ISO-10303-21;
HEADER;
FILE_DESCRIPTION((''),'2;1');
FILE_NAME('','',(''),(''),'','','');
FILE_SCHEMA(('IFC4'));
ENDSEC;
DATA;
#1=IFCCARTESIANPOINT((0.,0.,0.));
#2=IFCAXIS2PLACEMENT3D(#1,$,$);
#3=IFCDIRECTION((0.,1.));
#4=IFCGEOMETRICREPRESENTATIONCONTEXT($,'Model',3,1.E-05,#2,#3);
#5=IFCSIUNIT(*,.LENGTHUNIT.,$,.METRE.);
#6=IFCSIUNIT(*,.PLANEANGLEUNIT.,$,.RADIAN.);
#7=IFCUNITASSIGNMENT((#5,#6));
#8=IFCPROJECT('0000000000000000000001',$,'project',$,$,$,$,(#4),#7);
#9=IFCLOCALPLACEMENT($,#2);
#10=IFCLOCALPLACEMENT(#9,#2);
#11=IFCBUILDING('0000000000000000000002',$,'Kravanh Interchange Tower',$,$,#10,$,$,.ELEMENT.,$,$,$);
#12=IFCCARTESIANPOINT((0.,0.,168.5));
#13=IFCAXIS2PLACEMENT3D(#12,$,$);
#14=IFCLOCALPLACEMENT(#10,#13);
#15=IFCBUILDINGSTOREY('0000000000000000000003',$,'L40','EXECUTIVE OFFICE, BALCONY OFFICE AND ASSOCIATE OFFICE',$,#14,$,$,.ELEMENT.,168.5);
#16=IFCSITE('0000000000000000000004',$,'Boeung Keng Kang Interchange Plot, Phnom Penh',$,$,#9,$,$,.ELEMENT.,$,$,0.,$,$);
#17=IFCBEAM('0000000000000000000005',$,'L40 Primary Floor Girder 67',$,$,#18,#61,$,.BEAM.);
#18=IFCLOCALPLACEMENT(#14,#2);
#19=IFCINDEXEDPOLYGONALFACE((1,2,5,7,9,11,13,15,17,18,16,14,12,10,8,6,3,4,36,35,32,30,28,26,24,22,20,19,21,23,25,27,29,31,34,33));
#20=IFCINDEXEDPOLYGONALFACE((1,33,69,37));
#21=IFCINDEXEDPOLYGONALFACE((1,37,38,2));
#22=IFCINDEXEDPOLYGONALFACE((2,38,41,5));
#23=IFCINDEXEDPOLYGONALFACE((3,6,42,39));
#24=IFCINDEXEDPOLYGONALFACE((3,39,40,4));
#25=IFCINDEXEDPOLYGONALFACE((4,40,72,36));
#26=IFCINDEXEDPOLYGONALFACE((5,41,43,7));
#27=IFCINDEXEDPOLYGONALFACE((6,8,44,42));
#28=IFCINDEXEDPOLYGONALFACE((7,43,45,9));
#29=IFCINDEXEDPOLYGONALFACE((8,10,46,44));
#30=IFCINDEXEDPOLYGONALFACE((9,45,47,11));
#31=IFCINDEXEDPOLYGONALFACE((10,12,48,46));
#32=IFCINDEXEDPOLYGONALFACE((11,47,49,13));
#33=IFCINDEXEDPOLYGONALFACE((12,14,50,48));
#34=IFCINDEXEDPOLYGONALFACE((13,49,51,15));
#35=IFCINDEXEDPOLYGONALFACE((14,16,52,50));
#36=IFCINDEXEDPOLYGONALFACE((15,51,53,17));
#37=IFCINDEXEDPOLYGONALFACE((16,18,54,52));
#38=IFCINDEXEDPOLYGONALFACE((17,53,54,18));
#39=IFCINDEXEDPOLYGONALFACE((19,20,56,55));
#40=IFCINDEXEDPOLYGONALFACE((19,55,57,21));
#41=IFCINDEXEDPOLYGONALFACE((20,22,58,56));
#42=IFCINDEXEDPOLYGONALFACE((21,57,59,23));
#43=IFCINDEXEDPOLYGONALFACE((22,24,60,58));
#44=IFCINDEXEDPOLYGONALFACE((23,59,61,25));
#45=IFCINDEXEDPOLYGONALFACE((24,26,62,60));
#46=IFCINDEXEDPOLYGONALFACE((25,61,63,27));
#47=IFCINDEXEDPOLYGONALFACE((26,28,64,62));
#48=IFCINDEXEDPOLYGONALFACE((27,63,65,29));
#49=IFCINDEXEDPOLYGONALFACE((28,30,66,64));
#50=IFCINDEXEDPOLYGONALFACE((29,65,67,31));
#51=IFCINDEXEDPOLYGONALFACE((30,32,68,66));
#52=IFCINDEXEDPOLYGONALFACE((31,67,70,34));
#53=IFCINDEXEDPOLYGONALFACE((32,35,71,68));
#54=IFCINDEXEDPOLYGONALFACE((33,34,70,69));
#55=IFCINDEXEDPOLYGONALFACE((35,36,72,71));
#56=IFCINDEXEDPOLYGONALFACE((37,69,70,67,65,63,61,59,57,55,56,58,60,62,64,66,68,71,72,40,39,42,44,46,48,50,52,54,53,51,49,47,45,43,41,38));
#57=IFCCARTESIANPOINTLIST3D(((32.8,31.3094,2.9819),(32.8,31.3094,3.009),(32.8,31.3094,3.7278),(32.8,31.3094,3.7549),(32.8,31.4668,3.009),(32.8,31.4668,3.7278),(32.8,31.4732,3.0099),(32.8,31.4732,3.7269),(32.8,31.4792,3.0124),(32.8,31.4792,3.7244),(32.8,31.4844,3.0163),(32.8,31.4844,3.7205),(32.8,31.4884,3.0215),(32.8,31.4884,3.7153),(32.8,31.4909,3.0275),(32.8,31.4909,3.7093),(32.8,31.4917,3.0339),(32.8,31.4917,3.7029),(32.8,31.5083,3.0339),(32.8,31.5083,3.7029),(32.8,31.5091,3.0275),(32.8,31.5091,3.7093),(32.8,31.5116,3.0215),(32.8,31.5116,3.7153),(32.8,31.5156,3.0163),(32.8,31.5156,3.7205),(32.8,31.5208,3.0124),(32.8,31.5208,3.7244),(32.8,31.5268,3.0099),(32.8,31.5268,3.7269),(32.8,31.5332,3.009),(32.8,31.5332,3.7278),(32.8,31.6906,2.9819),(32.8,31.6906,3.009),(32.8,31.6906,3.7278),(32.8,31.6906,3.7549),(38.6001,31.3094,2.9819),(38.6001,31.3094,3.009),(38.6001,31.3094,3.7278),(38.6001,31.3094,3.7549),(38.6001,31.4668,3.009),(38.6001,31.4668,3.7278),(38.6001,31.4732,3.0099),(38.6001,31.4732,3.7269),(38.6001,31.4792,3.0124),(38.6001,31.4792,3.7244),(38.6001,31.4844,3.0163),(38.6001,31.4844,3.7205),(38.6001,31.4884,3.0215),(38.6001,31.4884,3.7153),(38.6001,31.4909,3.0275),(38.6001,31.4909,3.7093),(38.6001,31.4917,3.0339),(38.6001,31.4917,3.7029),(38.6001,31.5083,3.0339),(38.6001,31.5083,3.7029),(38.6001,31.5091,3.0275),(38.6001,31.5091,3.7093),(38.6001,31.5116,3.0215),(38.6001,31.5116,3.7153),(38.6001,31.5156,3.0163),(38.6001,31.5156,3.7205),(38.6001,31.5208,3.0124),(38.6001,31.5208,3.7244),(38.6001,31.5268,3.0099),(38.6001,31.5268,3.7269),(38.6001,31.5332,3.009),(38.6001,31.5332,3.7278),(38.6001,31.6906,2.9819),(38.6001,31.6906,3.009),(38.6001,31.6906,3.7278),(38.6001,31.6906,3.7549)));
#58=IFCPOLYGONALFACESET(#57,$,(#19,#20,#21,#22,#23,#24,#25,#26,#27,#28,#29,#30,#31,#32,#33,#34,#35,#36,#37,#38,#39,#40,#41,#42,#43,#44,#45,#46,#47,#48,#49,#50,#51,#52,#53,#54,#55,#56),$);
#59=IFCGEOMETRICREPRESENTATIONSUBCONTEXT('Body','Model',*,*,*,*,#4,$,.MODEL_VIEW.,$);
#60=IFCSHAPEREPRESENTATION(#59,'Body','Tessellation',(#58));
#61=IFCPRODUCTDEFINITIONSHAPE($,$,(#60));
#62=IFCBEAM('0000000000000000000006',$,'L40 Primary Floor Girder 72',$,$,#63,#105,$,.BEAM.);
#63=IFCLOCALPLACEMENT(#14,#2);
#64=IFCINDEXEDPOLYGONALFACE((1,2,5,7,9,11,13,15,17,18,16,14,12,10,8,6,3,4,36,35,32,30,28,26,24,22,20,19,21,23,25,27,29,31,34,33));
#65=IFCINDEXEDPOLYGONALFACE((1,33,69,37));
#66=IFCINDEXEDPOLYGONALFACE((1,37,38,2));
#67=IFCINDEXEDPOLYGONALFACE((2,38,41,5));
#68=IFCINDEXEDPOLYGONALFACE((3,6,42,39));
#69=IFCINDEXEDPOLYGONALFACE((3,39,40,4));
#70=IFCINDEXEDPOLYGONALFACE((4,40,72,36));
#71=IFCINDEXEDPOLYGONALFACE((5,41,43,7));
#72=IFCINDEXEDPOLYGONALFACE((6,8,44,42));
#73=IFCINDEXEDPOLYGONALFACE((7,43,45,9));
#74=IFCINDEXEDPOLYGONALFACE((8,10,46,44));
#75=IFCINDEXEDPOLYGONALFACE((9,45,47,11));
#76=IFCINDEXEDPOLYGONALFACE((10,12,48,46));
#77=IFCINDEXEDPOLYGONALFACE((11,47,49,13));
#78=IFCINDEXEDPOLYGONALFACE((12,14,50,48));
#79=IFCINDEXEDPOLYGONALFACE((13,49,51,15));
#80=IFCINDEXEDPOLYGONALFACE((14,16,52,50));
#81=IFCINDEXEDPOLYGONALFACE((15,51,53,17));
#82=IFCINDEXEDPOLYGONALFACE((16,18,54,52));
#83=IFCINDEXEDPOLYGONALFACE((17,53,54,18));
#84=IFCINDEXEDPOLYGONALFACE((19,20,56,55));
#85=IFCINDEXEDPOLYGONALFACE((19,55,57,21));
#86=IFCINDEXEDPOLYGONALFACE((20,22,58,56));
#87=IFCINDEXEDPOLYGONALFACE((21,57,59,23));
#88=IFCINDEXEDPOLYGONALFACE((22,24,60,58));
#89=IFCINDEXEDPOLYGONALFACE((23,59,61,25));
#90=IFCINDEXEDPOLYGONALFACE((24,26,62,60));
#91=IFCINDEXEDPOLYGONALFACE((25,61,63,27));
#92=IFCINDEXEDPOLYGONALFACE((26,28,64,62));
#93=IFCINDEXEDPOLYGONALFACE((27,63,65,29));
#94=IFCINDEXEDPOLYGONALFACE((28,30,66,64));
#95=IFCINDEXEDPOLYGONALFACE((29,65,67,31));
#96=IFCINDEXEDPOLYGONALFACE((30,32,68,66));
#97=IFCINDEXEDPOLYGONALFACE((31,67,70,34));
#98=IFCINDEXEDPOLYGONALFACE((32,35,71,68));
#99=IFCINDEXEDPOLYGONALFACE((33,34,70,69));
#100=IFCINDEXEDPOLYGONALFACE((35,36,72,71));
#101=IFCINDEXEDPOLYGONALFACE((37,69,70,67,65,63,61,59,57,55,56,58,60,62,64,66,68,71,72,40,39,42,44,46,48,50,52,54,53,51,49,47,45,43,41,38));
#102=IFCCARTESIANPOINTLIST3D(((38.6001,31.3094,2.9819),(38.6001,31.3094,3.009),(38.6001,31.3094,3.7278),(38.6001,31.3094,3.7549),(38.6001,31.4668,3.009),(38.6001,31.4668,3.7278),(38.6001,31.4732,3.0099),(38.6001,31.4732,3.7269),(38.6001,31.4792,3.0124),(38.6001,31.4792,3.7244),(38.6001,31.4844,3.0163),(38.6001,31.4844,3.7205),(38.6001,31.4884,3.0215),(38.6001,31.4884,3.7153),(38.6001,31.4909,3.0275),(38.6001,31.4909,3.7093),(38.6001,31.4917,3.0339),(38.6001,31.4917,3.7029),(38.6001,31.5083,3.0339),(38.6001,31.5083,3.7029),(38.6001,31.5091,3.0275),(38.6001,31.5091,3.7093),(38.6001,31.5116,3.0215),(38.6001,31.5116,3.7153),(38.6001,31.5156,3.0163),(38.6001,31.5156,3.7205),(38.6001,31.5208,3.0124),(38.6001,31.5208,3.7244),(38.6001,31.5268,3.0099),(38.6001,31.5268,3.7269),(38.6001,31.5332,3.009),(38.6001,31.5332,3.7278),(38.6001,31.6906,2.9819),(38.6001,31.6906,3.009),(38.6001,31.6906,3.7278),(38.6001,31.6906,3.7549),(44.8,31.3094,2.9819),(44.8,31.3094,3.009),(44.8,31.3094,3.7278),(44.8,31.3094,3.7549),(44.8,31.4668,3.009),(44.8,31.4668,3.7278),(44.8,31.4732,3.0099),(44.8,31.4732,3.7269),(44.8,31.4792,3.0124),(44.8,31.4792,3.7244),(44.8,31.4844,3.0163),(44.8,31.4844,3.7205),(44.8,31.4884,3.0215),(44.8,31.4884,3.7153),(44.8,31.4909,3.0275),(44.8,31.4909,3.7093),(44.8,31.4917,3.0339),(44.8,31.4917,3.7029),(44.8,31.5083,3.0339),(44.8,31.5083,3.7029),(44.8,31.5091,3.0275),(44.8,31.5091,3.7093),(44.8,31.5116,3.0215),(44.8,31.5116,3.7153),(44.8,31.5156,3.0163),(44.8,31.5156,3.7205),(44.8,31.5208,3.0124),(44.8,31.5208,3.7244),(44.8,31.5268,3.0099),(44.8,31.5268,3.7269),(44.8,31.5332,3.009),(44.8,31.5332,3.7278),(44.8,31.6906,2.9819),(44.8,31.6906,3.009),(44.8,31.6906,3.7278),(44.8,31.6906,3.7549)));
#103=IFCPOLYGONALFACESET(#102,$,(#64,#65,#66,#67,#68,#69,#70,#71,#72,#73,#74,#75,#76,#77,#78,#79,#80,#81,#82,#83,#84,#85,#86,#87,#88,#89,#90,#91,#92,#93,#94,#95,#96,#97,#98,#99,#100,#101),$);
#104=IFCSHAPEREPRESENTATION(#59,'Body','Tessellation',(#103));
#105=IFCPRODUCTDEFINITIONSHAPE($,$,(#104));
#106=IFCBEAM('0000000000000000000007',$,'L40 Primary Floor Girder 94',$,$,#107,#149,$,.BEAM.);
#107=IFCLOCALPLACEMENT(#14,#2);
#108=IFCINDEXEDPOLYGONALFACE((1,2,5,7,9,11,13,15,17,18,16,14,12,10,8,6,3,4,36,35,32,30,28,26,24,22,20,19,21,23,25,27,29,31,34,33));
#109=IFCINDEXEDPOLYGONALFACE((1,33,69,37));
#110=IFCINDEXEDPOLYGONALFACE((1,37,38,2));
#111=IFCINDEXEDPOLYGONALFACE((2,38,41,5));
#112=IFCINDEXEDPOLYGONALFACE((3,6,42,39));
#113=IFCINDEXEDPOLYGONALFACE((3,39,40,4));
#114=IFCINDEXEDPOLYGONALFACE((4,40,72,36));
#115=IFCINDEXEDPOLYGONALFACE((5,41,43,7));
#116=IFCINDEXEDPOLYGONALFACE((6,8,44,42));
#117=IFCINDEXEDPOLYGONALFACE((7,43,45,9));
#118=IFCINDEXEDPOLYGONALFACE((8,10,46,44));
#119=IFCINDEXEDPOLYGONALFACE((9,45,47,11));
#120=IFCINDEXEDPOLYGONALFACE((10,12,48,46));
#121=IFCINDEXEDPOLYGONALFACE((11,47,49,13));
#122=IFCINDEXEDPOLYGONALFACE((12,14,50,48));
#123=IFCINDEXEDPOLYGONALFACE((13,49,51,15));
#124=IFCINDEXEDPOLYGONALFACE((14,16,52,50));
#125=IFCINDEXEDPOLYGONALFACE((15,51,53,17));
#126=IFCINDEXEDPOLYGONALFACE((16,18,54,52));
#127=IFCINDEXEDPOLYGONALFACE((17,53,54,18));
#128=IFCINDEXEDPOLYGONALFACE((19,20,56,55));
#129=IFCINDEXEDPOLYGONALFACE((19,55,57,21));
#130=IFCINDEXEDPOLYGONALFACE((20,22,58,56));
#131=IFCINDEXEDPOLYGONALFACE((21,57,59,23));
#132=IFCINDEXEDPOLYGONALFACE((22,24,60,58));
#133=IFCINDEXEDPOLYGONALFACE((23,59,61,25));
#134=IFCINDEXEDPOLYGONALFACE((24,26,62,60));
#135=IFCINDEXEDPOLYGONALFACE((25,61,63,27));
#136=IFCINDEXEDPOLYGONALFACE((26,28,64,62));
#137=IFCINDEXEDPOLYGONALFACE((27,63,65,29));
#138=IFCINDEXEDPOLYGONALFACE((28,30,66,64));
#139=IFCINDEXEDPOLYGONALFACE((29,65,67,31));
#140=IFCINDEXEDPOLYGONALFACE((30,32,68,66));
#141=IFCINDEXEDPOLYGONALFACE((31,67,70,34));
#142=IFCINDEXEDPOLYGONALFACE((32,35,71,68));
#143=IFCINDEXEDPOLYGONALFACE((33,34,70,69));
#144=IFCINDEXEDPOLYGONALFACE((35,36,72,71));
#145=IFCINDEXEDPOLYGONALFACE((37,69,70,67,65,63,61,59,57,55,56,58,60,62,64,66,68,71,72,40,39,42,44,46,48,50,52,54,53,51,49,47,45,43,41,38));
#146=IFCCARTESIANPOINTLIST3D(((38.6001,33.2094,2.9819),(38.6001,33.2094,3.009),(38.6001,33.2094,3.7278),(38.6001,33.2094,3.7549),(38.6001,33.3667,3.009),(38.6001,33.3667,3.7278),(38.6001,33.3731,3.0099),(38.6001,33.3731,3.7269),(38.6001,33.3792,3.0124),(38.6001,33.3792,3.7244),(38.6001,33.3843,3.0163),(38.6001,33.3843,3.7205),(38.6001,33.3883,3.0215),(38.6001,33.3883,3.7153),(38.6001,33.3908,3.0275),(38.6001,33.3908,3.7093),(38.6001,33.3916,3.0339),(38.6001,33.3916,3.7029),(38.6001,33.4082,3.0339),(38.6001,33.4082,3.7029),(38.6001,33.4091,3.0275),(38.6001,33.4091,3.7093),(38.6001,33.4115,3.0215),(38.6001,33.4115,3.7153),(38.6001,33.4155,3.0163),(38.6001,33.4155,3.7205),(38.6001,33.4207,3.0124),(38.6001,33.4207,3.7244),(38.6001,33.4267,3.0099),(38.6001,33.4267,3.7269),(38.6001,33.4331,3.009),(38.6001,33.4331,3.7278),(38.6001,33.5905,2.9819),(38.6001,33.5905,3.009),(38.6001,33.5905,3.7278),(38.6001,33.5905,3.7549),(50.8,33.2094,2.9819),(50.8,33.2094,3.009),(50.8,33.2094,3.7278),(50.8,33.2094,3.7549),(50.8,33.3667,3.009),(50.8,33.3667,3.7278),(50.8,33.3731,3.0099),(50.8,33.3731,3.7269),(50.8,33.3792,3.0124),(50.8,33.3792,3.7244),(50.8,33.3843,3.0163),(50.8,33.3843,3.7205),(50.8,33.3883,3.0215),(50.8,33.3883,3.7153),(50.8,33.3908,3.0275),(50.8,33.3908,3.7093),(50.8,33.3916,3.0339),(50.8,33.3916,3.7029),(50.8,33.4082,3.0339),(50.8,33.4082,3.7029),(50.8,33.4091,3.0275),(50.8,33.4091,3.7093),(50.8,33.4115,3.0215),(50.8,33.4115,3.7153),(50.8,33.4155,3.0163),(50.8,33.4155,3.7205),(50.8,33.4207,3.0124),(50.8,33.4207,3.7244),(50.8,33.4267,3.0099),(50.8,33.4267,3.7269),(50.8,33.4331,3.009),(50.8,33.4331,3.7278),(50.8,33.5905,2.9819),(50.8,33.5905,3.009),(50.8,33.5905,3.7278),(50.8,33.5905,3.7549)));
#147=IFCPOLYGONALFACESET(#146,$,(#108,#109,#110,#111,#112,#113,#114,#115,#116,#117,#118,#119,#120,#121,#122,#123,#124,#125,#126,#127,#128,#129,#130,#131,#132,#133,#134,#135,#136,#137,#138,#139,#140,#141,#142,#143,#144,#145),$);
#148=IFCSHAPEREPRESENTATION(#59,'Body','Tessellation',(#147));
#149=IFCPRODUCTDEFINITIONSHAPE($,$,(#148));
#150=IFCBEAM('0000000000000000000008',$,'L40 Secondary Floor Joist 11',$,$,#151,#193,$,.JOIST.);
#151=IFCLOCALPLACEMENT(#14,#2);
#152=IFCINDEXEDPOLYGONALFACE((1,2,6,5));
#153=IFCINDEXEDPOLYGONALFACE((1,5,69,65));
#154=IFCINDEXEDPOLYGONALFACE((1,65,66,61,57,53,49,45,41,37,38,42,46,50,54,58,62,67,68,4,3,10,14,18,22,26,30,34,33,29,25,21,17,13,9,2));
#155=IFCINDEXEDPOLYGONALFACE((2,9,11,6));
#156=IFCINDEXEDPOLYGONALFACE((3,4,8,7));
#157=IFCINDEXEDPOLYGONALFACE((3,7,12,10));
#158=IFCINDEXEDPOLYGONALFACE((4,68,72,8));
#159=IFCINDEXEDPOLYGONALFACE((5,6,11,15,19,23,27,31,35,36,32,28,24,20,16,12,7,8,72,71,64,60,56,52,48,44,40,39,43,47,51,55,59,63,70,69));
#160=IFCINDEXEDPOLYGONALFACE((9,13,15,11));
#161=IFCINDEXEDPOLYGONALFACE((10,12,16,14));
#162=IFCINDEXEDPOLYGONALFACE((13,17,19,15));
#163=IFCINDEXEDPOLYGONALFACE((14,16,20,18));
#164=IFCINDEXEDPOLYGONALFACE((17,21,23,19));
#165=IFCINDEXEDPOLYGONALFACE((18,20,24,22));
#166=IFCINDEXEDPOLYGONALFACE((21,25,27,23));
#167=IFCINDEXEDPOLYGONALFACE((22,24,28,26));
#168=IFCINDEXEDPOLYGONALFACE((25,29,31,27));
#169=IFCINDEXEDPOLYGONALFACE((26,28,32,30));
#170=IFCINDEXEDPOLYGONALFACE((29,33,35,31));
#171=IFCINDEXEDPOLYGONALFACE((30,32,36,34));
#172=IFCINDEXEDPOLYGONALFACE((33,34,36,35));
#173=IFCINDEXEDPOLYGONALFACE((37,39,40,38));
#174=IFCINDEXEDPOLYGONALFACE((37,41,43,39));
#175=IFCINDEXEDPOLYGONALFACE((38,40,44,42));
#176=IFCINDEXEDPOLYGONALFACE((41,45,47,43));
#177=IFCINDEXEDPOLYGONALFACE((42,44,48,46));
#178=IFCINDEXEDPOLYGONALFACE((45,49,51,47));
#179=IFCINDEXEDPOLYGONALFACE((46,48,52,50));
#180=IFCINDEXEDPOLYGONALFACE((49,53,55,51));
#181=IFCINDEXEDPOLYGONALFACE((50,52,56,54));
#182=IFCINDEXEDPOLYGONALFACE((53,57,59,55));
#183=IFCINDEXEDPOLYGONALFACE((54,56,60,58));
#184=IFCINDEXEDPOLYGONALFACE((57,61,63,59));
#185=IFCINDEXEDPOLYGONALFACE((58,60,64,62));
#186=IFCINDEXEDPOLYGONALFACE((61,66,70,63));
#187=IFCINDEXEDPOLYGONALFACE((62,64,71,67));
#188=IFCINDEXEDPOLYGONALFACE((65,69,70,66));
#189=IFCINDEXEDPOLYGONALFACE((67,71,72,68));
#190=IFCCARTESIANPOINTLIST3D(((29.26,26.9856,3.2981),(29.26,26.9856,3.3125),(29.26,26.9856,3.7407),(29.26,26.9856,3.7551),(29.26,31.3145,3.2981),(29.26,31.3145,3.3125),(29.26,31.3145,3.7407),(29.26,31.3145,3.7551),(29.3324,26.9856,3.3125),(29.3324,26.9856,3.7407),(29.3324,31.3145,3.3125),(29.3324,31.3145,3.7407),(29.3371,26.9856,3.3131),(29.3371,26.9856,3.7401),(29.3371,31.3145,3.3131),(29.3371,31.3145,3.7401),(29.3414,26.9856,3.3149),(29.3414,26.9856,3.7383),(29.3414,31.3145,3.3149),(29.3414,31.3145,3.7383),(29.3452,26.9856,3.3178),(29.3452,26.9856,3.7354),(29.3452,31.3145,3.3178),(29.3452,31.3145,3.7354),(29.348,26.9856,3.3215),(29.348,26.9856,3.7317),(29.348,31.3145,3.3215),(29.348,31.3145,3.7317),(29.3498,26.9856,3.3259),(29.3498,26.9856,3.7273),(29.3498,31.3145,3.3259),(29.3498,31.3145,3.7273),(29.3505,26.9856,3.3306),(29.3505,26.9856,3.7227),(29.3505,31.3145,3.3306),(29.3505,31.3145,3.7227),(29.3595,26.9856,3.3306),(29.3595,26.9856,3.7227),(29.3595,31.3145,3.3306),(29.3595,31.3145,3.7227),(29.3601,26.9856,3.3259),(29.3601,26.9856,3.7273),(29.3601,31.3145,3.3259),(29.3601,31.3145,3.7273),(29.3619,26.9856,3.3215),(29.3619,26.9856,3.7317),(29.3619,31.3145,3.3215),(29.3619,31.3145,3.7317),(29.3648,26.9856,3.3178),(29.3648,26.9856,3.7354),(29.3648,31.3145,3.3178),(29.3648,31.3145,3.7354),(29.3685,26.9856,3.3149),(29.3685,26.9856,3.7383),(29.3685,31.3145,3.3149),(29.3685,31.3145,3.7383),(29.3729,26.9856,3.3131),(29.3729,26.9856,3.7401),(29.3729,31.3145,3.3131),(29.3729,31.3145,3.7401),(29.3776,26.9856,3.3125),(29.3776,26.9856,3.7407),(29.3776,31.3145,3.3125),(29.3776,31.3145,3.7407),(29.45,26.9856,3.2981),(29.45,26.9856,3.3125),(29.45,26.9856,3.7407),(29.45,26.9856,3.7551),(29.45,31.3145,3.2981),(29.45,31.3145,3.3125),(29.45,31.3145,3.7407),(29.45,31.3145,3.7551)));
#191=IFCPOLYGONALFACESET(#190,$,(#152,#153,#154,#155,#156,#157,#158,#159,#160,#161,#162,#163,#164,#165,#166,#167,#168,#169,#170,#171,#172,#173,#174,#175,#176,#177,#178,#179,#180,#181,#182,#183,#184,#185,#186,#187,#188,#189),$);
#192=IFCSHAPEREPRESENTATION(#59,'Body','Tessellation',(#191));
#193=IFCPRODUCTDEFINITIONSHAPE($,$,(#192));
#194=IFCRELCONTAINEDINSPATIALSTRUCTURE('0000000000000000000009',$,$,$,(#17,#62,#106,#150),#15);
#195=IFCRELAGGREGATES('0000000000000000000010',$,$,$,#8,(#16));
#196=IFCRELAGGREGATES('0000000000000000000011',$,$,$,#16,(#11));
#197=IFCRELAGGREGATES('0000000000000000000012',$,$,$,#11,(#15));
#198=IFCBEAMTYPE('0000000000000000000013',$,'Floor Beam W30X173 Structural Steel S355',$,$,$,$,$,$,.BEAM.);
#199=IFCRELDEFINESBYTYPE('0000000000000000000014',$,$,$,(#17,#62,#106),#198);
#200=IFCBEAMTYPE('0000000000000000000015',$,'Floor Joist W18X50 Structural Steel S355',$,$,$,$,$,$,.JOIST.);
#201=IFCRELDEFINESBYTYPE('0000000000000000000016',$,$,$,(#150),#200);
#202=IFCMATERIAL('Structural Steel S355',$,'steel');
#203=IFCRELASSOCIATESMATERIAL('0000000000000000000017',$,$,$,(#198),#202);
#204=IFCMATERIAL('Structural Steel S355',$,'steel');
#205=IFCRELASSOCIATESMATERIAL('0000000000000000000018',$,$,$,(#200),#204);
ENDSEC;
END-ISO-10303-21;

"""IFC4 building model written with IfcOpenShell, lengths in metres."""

from ifc_helpers import new_model, si_unit, direction, frame, origin, origin_2d, place, context, subcontext, project, spatial, i_section, extrude, material, material_profile, profile_set, type_object, element, save


model = new_model("IFC4")

# Units and contexts
model_context = context("Model", 3, precision=1e-05, world=origin(), true_north=direction((0.0, 1.0)))
body_context = subcontext(model_context, "Body", "Model", "MODEL_VIEW")
ifc_project = project(units=[si_unit("LENGTHUNIT", "METRE"), si_unit("PLANEANGLEUNIT", "RADIAN")], contexts=[model_context])

# Site, building, storey
site_placement = place(None, origin())
site = spatial("IfcSite", under=ifc_project, at=site_placement, Name="Boeung Keng Kang Interchange Plot, Phnom Penh", CompositionType="ELEMENT", RefElevation=0.0)
building_placement = place(site_placement, origin())
building = spatial("IfcBuilding", under=site, at=building_placement, Name="Kravanh Interchange Tower", CompositionType="ELEMENT")
storey_placement = place(building_placement, frame((0.0, 0.0, 168.5)))
storey = spatial("IfcBuildingStorey", under=building, at=storey_placement, Name="L40", Description="EXECUTIVE OFFICE, BALCONY OFFICE AND ASSOCIATE OFFICE", CompositionType="ELEMENT", Elevation=168.5)

# Beams
ifc_material_1 = material(Name="Structural Steel S355", Category="steel")
ifc_material_profile_1 = material_profile(ifc_material_1, i_section(OverallWidth=0.3811, OverallDepth=0.7729, WebThickness=0.0166, FlangeThickness=0.0271, FilletRadius=0.0249, at=origin_2d()), Name="W30X173")
ifc_profile_set_1 = profile_set([ifc_material_profile_1], Name="Structural Steel S355")
beam_type_1 = type_object("IfcBeamType", Name="Floor Beam W30X173 Structural Steel S355", PredefinedType="BEAM", material=ifc_profile_set_1)
beam_1_placement = place(storey_placement, frame((32.8, 31.5, 3.3684), z_axis=(1.0, 0.0, 0.0), x_axis=(0.0, 1.0, 0.0)))
element("IfcBeam", 1, at=beam_1_placement, inside=storey, type_object=beam_type_1, Name="L40 Primary Floor Girder 67", PredefinedType="BEAM", context=body_context, shape_type="SweptSolid", body=[
    extrude(i_section(OverallWidth=0.3811, OverallDepth=0.7729, WebThickness=0.0166, FlangeThickness=0.0271, FilletRadius=0.0249, at=origin_2d()), origin(), (0.0, 0.0, 1.0), 5.8),
])
beam_2_placement = place(storey_placement, frame((38.6001, 31.5, 3.3684), z_axis=(1.0, 0.0, 0.0), x_axis=(0.0, 1.0, 0.0)))
element("IfcBeam", 2, at=beam_2_placement, inside=storey, type_object=beam_type_1, Name="L40 Primary Floor Girder 72", PredefinedType="BEAM", context=body_context, shape_type="SweptSolid", body=[
    extrude(i_section(OverallWidth=0.3811, OverallDepth=0.7729, WebThickness=0.0166, FlangeThickness=0.0271, FilletRadius=0.0249, at=origin_2d()), origin(), (0.0, 0.0, 1.0), 6.2),
])
beam_3_placement = place(storey_placement, frame((38.6001, 33.3999, 3.3684), z_axis=(1.0, 0.0, 0.0), x_axis=(0.0, 1.0, 0.0)))
element("IfcBeam", 3, at=beam_3_placement, inside=storey, type_object=beam_type_1, Name="L40 Primary Floor Girder 94", PredefinedType="BEAM", context=body_context, shape_type="SweptSolid", body=[
    extrude(i_section(OverallWidth=0.3811, OverallDepth=0.7729, WebThickness=0.0166, FlangeThickness=0.0271, FilletRadius=0.0249, at=origin_2d()), origin(), (0.0, 0.0, 1.0), 12.2),
])
ifc_material_2 = material(Name="Structural Steel S355", Category="steel")
ifc_material_profile_2 = material_profile(ifc_material_2, i_section(OverallWidth=0.1899, OverallDepth=0.457, WebThickness=0.009, FlangeThickness=0.0144, FilletRadius=0.0181, at=origin_2d()), Name="W18X50")
ifc_profile_set_2 = profile_set([ifc_material_profile_2], Name="Structural Steel S355")
beam_type_2 = type_object("IfcBeamType", Name="Floor Joist W18X50 Structural Steel S355", PredefinedType="JOIST", material=ifc_profile_set_2)
beam_4_placement = place(storey_placement, frame((29.355, 26.9856, 3.5266), z_axis=(0.0, 1.0, 0.0), x_axis=(-1.0, 0.0, 0.0)))
element("IfcBeam", 4, at=beam_4_placement, inside=storey, type_object=beam_type_2, Name="L40 Secondary Floor Joist 11", PredefinedType="JOIST", context=body_context, shape_type="SweptSolid", body=[
    extrude(i_section(OverallWidth=0.1899, OverallDepth=0.457, WebThickness=0.009, FlangeThickness=0.0144, FilletRadius=0.0181, at=origin_2d()), origin(), (0.0, 0.0, 1.0), 4.3289),
])

save(model, "model.ifc")
